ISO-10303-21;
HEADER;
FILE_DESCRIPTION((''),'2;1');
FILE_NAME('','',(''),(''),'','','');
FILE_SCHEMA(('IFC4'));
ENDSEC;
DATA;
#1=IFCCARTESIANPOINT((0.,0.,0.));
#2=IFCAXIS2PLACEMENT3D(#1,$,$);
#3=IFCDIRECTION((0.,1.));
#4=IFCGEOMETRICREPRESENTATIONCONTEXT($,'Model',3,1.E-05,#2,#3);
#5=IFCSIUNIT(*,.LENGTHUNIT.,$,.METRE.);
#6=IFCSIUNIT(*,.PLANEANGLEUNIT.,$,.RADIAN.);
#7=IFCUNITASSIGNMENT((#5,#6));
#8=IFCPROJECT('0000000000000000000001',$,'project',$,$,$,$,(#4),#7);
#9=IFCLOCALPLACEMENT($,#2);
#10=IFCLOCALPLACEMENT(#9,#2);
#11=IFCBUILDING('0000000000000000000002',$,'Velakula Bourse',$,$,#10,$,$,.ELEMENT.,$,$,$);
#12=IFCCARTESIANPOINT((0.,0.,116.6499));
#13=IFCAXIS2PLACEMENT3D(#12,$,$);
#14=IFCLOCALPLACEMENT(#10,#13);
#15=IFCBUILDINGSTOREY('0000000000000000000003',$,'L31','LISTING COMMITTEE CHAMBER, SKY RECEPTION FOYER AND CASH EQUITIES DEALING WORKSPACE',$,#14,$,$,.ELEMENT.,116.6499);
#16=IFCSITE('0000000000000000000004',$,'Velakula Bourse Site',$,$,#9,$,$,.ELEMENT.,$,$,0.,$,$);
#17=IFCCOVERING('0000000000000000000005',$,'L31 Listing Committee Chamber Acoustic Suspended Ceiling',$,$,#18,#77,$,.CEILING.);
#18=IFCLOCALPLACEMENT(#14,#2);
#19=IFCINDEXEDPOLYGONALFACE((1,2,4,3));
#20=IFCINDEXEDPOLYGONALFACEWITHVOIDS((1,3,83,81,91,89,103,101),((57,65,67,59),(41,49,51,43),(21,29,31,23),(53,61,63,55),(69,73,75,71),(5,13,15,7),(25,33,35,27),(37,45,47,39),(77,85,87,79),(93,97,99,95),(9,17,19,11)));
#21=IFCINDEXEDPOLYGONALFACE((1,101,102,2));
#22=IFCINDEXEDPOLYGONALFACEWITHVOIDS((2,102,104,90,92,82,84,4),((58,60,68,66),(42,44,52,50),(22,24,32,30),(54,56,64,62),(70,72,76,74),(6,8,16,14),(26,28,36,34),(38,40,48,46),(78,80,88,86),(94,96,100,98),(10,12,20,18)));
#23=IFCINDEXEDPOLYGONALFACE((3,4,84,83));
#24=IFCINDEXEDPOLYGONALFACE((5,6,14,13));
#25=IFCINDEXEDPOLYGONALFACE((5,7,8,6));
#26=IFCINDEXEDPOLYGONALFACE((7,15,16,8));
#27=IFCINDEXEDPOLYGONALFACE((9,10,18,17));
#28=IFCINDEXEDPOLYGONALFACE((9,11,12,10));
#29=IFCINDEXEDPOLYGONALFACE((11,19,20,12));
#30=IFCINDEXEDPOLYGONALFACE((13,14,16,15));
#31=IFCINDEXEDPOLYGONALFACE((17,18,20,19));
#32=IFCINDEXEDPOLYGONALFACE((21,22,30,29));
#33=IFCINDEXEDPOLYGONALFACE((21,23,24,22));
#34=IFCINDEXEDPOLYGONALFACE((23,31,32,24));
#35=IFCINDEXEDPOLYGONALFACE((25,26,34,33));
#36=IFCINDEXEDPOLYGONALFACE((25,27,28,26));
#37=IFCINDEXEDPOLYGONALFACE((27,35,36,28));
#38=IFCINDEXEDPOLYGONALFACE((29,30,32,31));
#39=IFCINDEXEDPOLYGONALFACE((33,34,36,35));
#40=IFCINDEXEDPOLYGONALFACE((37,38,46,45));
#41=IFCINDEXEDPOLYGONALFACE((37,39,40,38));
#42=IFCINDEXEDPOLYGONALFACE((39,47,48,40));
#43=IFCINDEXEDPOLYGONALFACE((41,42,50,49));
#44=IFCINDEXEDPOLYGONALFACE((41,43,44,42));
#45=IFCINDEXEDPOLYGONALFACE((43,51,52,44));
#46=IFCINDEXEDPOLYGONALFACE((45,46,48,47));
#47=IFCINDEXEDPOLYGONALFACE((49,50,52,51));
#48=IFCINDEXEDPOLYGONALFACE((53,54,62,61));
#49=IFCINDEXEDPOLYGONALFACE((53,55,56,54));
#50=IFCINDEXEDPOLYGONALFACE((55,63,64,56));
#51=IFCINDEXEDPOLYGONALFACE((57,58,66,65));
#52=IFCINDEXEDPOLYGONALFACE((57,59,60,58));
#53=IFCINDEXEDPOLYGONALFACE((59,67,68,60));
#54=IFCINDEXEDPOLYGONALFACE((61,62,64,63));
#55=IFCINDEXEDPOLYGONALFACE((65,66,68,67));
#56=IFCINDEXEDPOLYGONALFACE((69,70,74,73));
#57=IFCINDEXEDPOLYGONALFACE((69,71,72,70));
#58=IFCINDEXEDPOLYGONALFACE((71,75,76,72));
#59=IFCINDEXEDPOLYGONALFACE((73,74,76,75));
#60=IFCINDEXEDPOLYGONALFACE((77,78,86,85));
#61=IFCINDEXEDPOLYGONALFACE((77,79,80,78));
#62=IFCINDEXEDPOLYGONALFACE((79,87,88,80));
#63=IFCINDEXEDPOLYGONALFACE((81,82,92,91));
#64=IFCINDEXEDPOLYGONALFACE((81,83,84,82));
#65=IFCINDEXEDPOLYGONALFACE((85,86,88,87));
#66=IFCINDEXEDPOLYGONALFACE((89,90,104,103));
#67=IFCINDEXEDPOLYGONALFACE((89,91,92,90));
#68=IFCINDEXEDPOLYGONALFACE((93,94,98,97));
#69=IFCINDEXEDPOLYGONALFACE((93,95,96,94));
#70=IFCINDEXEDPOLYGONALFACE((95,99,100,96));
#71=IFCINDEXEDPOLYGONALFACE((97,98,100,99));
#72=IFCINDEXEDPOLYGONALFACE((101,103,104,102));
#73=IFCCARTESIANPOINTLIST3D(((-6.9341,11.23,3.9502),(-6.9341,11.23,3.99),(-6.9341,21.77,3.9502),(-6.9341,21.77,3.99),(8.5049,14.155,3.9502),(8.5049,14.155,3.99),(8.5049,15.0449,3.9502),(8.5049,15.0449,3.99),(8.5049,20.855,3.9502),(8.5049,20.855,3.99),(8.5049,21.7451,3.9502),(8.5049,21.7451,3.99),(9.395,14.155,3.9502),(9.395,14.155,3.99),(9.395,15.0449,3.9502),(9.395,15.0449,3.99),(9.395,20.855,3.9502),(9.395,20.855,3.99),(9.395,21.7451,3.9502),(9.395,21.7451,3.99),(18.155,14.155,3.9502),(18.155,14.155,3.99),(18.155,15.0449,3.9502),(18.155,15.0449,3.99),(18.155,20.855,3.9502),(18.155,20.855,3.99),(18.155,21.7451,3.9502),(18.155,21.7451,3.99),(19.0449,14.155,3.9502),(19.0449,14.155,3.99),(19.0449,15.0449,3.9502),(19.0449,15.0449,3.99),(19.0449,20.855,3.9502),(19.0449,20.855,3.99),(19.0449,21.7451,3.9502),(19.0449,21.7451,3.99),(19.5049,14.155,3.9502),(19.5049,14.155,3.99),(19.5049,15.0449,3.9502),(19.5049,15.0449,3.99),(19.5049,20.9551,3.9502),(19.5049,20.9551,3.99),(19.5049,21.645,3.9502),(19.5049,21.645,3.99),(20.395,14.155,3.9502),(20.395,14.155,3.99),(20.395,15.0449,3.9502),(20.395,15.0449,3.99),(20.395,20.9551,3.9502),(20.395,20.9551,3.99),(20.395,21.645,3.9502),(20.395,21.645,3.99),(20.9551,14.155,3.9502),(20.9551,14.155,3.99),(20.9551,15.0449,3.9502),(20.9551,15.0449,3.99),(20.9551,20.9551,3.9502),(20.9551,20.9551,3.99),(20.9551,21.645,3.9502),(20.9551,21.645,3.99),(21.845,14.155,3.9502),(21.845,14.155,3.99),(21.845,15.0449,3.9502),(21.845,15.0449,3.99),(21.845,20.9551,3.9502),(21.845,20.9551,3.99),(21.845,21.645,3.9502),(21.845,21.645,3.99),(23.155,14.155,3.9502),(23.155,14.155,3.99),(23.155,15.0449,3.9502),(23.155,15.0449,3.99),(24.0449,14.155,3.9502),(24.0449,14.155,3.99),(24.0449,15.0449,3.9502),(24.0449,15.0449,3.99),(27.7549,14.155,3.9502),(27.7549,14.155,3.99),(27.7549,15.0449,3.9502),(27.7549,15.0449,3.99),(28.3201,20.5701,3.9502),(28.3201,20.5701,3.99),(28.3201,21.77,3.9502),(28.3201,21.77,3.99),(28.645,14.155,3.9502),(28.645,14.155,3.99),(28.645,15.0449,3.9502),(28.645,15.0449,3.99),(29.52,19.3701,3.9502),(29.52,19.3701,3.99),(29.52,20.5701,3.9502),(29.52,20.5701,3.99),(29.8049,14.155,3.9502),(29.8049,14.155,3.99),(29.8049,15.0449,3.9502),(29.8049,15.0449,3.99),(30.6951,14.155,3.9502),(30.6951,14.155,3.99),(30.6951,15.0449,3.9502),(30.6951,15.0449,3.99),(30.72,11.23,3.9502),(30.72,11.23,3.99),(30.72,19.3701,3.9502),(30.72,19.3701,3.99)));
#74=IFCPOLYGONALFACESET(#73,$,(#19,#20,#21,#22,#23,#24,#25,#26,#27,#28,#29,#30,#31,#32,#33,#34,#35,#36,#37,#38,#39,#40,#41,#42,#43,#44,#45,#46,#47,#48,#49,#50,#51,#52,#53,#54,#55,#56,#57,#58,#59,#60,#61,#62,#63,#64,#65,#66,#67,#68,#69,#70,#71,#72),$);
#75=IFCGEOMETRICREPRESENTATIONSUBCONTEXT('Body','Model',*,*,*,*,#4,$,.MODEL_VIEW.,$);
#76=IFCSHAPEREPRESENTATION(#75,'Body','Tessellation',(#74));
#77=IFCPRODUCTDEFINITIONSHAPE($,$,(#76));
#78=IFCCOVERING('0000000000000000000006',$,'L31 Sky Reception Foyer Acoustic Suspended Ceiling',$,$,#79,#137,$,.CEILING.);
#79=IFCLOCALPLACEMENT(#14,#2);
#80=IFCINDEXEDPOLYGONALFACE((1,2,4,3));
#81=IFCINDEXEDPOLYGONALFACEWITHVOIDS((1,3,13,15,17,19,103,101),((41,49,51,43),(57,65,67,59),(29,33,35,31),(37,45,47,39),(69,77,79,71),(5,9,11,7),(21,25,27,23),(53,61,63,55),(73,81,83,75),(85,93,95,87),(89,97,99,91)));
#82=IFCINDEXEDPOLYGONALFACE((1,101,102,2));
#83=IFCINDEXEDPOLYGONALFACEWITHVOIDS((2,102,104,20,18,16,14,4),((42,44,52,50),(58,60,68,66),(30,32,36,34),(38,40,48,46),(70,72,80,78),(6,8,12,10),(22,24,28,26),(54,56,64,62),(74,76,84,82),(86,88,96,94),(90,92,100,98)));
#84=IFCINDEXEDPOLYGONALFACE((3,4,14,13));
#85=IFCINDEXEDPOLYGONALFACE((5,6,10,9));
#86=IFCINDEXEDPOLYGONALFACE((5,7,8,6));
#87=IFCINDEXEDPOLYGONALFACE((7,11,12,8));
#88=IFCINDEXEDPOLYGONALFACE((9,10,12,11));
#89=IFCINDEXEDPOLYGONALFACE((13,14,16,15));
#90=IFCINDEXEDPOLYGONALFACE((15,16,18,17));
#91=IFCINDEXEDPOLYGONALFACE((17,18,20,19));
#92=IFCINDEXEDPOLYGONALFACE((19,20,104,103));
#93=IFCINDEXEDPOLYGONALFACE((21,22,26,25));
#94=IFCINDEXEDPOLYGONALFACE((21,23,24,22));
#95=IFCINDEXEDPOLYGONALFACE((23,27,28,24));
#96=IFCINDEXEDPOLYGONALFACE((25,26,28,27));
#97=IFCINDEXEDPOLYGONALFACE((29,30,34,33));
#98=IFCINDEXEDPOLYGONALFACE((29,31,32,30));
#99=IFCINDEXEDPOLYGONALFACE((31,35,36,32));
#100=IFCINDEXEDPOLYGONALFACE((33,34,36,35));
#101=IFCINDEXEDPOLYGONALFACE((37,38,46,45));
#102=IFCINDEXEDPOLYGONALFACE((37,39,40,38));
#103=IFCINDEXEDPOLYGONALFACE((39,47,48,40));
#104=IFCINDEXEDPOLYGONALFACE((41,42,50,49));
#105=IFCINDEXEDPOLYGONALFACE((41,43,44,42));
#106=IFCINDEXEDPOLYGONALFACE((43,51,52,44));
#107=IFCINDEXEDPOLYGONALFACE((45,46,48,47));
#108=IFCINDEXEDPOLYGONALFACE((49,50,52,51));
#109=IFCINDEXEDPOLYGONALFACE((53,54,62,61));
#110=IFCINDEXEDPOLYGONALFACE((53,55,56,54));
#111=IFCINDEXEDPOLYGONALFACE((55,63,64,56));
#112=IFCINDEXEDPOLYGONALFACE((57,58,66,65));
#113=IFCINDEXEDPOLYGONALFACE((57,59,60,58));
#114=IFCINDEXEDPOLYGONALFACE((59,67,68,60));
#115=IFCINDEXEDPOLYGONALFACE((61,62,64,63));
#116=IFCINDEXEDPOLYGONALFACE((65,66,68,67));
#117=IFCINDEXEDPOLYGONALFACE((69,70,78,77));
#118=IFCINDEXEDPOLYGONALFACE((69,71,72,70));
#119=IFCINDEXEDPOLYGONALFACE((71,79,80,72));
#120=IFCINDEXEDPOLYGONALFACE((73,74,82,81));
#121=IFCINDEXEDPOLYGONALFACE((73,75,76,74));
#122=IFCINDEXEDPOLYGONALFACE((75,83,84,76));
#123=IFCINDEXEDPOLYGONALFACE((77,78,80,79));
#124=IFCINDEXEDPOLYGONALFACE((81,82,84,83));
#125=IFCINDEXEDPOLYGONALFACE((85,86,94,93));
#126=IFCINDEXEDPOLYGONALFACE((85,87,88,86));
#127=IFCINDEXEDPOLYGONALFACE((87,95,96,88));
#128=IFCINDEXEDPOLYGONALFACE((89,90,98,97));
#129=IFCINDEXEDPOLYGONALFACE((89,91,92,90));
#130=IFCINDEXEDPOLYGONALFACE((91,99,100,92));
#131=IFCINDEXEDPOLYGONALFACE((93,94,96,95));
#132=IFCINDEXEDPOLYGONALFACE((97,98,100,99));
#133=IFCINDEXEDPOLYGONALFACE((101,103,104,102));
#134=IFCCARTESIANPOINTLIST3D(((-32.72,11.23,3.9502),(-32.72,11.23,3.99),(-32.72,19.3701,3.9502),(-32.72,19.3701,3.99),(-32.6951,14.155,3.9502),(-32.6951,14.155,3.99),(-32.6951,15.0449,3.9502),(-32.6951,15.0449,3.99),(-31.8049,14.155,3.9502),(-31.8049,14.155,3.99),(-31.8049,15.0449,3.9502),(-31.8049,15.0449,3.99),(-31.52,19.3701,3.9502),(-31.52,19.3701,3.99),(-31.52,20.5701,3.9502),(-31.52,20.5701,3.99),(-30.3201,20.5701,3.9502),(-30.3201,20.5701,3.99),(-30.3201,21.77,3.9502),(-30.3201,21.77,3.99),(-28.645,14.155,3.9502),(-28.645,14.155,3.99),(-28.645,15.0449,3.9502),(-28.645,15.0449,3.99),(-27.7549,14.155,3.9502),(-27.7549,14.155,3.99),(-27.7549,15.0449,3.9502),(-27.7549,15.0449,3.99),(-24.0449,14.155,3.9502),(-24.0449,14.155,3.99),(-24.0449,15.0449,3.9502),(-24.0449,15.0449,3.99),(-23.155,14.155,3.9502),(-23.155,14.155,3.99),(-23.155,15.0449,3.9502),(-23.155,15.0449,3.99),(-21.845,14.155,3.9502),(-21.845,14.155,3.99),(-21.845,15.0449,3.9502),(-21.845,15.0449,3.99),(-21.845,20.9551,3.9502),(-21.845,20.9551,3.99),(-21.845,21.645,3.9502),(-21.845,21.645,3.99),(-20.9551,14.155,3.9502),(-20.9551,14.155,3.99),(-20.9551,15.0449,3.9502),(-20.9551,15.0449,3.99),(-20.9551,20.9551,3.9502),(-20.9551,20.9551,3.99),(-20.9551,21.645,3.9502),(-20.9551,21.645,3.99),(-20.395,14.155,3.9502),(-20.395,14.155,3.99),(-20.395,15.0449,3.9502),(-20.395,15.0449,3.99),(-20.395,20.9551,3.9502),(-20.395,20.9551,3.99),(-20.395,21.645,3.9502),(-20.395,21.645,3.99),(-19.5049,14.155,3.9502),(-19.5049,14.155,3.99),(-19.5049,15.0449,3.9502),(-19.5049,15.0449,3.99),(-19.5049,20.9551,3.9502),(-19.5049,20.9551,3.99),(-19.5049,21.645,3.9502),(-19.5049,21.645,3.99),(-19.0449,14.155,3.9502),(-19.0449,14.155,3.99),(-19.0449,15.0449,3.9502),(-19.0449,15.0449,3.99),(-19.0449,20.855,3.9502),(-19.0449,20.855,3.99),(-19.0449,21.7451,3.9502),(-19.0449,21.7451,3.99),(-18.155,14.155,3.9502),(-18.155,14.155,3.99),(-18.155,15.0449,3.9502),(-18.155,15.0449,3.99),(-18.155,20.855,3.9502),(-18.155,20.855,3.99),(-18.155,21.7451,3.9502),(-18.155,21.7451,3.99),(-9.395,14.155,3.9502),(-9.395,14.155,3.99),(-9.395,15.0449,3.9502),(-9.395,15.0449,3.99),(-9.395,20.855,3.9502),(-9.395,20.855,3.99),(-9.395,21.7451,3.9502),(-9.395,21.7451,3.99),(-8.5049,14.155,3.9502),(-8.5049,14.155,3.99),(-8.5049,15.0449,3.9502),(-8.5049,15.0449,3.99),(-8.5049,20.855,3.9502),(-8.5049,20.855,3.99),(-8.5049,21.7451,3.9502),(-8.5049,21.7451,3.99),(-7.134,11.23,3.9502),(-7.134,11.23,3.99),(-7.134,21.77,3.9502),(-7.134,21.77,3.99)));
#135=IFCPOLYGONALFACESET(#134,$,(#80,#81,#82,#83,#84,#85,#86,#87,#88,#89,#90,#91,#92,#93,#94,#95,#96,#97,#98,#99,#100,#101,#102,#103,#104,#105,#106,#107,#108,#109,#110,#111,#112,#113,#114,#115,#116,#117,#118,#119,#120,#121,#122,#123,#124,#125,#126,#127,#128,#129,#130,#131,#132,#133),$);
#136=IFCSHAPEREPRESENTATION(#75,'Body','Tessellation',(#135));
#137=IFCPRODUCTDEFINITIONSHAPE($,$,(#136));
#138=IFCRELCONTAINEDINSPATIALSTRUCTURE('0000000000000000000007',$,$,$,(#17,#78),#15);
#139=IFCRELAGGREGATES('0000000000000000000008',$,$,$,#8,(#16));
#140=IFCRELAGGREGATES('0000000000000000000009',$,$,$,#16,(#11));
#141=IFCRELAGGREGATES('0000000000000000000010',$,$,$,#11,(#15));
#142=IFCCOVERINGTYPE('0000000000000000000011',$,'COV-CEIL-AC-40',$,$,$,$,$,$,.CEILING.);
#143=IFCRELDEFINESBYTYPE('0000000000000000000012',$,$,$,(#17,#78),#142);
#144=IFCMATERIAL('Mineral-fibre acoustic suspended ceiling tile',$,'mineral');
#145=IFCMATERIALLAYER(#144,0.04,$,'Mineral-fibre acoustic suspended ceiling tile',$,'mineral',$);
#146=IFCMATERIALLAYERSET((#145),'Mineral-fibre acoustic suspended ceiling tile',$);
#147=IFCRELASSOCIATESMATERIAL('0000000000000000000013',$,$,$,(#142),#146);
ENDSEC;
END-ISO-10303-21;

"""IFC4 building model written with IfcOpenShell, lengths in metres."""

from ifc_helpers import new_model, si_unit, direction, frame, origin, place, context, subcontext, project, spatial, polyline, outline, extrude, material, layer, layer_set, type_object, element, save


model = new_model("IFC4")

# Units and contexts
model_context = context("Model", 3, precision=1e-05, world=origin(), true_north=direction((0.0, 1.0)))
body_context = subcontext(model_context, "Body", "Model", "MODEL_VIEW")
ifc_project = project(units=[si_unit("LENGTHUNIT", "METRE"), si_unit("PLANEANGLEUNIT", "RADIAN")], contexts=[model_context])

# Site, building, storey
site_placement = place(None, origin())
site = spatial("IfcSite", under=ifc_project, at=site_placement, Name="Velakula Bourse Site", CompositionType="ELEMENT", RefElevation=0.0)
building_placement = place(site_placement, origin())
building = spatial("IfcBuilding", under=site, at=building_placement, Name="Velakula Bourse", CompositionType="ELEMENT")
storey_placement = place(building_placement, frame((0.0, 0.0, 116.6499)))
storey = spatial("IfcBuildingStorey", under=building, at=storey_placement, Name="L31", Description="LISTING COMMITTEE CHAMBER, SKY RECEPTION FOYER AND CASH EQUITIES DEALING WORKSPACE", CompositionType="ELEMENT", Elevation=116.6499)

# Coverings
ifc_material_1 = material(Name="Mineral-fibre acoustic suspended ceiling tile", Category="mineral")
ifc_layer_1 = layer(ifc_material_1, 0.04, Name="Mineral-fibre acoustic suspended ceiling tile", Category="mineral")
ifc_layer_set_1 = layer_set([ifc_layer_1], Name="Mineral-fibre acoustic suspended ceiling tile")
covering_type_1 = type_object("IfcCoveringType", Name="COV-CEIL-AC-40", PredefinedType="CEILING", material=ifc_layer_set_1)
covering_1_placement = place(storey_placement, frame((0.0, 0.0, 3.9502)))
element("IfcCovering", 1, at=covering_1_placement, inside=storey, type_object=covering_type_1, Name="L31 Listing Committee Chamber Acoustic Suspended Ceiling", PredefinedType="CEILING", context=body_context, shape_type="SweptSolid", body=[
    extrude(outline(polyline([(28.3201, 20.5701), (29.52, 20.5701), (29.52, 19.3701), (30.72, 19.3701), (30.72, 11.23), (-6.9341, 11.23), (-6.9341, 21.77), (28.3201, 21.77), (28.3201, 20.5701)]), holes=[polyline([(8.5049, 15.0449), (8.5049, 14.155), (9.395, 14.155), (9.395, 15.0449), (8.5049, 15.0449)]), polyline([(8.5049, 20.855), (9.395, 20.855), (9.395, 21.7451), (8.5049, 21.7451), (8.5049, 20.855)]), polyline([(18.155, 21.7451), (18.155, 20.855), (19.0449, 20.855), (19.0449, 21.7451), (18.155, 21.7451)]), polyline([(29.8049, 14.155), (30.6951, 14.155), (30.6951, 15.0449), (29.8049, 15.0449), (29.8049, 14.155)]), polyline([(27.7549, 15.0449), (27.7549, 14.155), (28.645, 14.155), (28.645, 15.0449), (27.7549, 15.0449)]), polyline([(23.155, 15.0449), (23.155, 14.155), (24.0449, 14.155), (24.0449, 15.0449), (23.155, 15.0449)]), polyline([(20.9551, 14.155), (21.845, 14.155), (21.845, 15.0449), (20.9551, 15.0449), (20.9551, 14.155)]), polyline([(19.5049, 14.155), (20.395, 14.155), (20.395, 15.0449), (19.5049, 15.0449), (19.5049, 14.155)]), polyline([(18.155, 14.155), (19.0449, 14.155), (19.0449, 15.0449), (18.155, 15.0449), (18.155, 14.155)]), polyline([(20.9551, 21.645), (20.9551, 20.9551), (21.845, 20.9551), (21.845, 21.645), (20.9551, 21.645)]), polyline([(19.5049, 21.645), (19.5049, 20.9551), (20.395, 20.9551), (20.395, 21.645), (19.5049, 21.645)])]), origin(), (0.0, 0.0, 1.0), 0.0398),
])
covering_2_placement = place(storey_placement, frame((0.0, 0.0, 3.9502)))
element("IfcCovering", 2, at=covering_2_placement, inside=storey, type_object=covering_type_1, Name="L31 Sky Reception Foyer Acoustic Suspended Ceiling", PredefinedType="CEILING", context=body_context, shape_type="SweptSolid", body=[
    extrude(outline(polyline([(-31.52, 20.5701), (-30.3201, 20.5701), (-30.3201, 21.77), (-7.134, 21.77), (-7.134, 11.23), (-32.72, 11.23), (-32.72, 19.3701), (-31.52, 19.3701), (-31.52, 20.5701)]), holes=[polyline([(-32.6951, 15.0449), (-32.6951, 14.155), (-31.8049, 14.155), (-31.8049, 15.0449), (-32.6951, 15.0449)]), polyline([(-21.845, 15.0449), (-21.845, 14.155), (-20.9551, 14.155), (-20.9551, 15.0449), (-21.845, 15.0449)]), polyline([(-24.0449, 14.155), (-23.155, 14.155), (-23.155, 15.0449), (-24.0449, 15.0449), (-24.0449, 14.155)]), polyline([(-28.645, 14.155), (-27.7549, 14.155), (-27.7549, 15.0449), (-28.645, 15.0449), (-28.645, 14.155)]), polyline([(-20.395, 14.155), (-19.5049, 14.155), (-19.5049, 15.0449), (-20.395, 15.0449), (-20.395, 14.155)]), polyline([(-19.0449, 15.0449), (-19.0449, 14.155), (-18.155, 14.155), (-18.155, 15.0449), (-19.0449, 15.0449)]), polyline([(-21.845, 21.645), (-21.845, 20.9551), (-20.9551, 20.9551), (-20.9551, 21.645), (-21.845, 21.645)]), polyline([(-20.395, 20.9551), (-19.5049, 20.9551), (-19.5049, 21.645), (-20.395, 21.645), (-20.395, 20.9551)]), polyline([(-19.0449, 20.855), (-18.155, 20.855), (-18.155, 21.7451), (-19.0449, 21.7451), (-19.0449, 20.855)]), polyline([(-9.395, 14.155), (-8.5049, 14.155), (-8.5049, 15.0449), (-9.395, 15.0449), (-9.395, 14.155)]), polyline([(-9.395, 20.855), (-8.5049, 20.855), (-8.5049, 21.7451), (-9.395, 21.7451), (-9.395, 20.855)])]), origin(), (0.0, 0.0, 1.0), 0.0398),
])

save(model, "model.ifc")
